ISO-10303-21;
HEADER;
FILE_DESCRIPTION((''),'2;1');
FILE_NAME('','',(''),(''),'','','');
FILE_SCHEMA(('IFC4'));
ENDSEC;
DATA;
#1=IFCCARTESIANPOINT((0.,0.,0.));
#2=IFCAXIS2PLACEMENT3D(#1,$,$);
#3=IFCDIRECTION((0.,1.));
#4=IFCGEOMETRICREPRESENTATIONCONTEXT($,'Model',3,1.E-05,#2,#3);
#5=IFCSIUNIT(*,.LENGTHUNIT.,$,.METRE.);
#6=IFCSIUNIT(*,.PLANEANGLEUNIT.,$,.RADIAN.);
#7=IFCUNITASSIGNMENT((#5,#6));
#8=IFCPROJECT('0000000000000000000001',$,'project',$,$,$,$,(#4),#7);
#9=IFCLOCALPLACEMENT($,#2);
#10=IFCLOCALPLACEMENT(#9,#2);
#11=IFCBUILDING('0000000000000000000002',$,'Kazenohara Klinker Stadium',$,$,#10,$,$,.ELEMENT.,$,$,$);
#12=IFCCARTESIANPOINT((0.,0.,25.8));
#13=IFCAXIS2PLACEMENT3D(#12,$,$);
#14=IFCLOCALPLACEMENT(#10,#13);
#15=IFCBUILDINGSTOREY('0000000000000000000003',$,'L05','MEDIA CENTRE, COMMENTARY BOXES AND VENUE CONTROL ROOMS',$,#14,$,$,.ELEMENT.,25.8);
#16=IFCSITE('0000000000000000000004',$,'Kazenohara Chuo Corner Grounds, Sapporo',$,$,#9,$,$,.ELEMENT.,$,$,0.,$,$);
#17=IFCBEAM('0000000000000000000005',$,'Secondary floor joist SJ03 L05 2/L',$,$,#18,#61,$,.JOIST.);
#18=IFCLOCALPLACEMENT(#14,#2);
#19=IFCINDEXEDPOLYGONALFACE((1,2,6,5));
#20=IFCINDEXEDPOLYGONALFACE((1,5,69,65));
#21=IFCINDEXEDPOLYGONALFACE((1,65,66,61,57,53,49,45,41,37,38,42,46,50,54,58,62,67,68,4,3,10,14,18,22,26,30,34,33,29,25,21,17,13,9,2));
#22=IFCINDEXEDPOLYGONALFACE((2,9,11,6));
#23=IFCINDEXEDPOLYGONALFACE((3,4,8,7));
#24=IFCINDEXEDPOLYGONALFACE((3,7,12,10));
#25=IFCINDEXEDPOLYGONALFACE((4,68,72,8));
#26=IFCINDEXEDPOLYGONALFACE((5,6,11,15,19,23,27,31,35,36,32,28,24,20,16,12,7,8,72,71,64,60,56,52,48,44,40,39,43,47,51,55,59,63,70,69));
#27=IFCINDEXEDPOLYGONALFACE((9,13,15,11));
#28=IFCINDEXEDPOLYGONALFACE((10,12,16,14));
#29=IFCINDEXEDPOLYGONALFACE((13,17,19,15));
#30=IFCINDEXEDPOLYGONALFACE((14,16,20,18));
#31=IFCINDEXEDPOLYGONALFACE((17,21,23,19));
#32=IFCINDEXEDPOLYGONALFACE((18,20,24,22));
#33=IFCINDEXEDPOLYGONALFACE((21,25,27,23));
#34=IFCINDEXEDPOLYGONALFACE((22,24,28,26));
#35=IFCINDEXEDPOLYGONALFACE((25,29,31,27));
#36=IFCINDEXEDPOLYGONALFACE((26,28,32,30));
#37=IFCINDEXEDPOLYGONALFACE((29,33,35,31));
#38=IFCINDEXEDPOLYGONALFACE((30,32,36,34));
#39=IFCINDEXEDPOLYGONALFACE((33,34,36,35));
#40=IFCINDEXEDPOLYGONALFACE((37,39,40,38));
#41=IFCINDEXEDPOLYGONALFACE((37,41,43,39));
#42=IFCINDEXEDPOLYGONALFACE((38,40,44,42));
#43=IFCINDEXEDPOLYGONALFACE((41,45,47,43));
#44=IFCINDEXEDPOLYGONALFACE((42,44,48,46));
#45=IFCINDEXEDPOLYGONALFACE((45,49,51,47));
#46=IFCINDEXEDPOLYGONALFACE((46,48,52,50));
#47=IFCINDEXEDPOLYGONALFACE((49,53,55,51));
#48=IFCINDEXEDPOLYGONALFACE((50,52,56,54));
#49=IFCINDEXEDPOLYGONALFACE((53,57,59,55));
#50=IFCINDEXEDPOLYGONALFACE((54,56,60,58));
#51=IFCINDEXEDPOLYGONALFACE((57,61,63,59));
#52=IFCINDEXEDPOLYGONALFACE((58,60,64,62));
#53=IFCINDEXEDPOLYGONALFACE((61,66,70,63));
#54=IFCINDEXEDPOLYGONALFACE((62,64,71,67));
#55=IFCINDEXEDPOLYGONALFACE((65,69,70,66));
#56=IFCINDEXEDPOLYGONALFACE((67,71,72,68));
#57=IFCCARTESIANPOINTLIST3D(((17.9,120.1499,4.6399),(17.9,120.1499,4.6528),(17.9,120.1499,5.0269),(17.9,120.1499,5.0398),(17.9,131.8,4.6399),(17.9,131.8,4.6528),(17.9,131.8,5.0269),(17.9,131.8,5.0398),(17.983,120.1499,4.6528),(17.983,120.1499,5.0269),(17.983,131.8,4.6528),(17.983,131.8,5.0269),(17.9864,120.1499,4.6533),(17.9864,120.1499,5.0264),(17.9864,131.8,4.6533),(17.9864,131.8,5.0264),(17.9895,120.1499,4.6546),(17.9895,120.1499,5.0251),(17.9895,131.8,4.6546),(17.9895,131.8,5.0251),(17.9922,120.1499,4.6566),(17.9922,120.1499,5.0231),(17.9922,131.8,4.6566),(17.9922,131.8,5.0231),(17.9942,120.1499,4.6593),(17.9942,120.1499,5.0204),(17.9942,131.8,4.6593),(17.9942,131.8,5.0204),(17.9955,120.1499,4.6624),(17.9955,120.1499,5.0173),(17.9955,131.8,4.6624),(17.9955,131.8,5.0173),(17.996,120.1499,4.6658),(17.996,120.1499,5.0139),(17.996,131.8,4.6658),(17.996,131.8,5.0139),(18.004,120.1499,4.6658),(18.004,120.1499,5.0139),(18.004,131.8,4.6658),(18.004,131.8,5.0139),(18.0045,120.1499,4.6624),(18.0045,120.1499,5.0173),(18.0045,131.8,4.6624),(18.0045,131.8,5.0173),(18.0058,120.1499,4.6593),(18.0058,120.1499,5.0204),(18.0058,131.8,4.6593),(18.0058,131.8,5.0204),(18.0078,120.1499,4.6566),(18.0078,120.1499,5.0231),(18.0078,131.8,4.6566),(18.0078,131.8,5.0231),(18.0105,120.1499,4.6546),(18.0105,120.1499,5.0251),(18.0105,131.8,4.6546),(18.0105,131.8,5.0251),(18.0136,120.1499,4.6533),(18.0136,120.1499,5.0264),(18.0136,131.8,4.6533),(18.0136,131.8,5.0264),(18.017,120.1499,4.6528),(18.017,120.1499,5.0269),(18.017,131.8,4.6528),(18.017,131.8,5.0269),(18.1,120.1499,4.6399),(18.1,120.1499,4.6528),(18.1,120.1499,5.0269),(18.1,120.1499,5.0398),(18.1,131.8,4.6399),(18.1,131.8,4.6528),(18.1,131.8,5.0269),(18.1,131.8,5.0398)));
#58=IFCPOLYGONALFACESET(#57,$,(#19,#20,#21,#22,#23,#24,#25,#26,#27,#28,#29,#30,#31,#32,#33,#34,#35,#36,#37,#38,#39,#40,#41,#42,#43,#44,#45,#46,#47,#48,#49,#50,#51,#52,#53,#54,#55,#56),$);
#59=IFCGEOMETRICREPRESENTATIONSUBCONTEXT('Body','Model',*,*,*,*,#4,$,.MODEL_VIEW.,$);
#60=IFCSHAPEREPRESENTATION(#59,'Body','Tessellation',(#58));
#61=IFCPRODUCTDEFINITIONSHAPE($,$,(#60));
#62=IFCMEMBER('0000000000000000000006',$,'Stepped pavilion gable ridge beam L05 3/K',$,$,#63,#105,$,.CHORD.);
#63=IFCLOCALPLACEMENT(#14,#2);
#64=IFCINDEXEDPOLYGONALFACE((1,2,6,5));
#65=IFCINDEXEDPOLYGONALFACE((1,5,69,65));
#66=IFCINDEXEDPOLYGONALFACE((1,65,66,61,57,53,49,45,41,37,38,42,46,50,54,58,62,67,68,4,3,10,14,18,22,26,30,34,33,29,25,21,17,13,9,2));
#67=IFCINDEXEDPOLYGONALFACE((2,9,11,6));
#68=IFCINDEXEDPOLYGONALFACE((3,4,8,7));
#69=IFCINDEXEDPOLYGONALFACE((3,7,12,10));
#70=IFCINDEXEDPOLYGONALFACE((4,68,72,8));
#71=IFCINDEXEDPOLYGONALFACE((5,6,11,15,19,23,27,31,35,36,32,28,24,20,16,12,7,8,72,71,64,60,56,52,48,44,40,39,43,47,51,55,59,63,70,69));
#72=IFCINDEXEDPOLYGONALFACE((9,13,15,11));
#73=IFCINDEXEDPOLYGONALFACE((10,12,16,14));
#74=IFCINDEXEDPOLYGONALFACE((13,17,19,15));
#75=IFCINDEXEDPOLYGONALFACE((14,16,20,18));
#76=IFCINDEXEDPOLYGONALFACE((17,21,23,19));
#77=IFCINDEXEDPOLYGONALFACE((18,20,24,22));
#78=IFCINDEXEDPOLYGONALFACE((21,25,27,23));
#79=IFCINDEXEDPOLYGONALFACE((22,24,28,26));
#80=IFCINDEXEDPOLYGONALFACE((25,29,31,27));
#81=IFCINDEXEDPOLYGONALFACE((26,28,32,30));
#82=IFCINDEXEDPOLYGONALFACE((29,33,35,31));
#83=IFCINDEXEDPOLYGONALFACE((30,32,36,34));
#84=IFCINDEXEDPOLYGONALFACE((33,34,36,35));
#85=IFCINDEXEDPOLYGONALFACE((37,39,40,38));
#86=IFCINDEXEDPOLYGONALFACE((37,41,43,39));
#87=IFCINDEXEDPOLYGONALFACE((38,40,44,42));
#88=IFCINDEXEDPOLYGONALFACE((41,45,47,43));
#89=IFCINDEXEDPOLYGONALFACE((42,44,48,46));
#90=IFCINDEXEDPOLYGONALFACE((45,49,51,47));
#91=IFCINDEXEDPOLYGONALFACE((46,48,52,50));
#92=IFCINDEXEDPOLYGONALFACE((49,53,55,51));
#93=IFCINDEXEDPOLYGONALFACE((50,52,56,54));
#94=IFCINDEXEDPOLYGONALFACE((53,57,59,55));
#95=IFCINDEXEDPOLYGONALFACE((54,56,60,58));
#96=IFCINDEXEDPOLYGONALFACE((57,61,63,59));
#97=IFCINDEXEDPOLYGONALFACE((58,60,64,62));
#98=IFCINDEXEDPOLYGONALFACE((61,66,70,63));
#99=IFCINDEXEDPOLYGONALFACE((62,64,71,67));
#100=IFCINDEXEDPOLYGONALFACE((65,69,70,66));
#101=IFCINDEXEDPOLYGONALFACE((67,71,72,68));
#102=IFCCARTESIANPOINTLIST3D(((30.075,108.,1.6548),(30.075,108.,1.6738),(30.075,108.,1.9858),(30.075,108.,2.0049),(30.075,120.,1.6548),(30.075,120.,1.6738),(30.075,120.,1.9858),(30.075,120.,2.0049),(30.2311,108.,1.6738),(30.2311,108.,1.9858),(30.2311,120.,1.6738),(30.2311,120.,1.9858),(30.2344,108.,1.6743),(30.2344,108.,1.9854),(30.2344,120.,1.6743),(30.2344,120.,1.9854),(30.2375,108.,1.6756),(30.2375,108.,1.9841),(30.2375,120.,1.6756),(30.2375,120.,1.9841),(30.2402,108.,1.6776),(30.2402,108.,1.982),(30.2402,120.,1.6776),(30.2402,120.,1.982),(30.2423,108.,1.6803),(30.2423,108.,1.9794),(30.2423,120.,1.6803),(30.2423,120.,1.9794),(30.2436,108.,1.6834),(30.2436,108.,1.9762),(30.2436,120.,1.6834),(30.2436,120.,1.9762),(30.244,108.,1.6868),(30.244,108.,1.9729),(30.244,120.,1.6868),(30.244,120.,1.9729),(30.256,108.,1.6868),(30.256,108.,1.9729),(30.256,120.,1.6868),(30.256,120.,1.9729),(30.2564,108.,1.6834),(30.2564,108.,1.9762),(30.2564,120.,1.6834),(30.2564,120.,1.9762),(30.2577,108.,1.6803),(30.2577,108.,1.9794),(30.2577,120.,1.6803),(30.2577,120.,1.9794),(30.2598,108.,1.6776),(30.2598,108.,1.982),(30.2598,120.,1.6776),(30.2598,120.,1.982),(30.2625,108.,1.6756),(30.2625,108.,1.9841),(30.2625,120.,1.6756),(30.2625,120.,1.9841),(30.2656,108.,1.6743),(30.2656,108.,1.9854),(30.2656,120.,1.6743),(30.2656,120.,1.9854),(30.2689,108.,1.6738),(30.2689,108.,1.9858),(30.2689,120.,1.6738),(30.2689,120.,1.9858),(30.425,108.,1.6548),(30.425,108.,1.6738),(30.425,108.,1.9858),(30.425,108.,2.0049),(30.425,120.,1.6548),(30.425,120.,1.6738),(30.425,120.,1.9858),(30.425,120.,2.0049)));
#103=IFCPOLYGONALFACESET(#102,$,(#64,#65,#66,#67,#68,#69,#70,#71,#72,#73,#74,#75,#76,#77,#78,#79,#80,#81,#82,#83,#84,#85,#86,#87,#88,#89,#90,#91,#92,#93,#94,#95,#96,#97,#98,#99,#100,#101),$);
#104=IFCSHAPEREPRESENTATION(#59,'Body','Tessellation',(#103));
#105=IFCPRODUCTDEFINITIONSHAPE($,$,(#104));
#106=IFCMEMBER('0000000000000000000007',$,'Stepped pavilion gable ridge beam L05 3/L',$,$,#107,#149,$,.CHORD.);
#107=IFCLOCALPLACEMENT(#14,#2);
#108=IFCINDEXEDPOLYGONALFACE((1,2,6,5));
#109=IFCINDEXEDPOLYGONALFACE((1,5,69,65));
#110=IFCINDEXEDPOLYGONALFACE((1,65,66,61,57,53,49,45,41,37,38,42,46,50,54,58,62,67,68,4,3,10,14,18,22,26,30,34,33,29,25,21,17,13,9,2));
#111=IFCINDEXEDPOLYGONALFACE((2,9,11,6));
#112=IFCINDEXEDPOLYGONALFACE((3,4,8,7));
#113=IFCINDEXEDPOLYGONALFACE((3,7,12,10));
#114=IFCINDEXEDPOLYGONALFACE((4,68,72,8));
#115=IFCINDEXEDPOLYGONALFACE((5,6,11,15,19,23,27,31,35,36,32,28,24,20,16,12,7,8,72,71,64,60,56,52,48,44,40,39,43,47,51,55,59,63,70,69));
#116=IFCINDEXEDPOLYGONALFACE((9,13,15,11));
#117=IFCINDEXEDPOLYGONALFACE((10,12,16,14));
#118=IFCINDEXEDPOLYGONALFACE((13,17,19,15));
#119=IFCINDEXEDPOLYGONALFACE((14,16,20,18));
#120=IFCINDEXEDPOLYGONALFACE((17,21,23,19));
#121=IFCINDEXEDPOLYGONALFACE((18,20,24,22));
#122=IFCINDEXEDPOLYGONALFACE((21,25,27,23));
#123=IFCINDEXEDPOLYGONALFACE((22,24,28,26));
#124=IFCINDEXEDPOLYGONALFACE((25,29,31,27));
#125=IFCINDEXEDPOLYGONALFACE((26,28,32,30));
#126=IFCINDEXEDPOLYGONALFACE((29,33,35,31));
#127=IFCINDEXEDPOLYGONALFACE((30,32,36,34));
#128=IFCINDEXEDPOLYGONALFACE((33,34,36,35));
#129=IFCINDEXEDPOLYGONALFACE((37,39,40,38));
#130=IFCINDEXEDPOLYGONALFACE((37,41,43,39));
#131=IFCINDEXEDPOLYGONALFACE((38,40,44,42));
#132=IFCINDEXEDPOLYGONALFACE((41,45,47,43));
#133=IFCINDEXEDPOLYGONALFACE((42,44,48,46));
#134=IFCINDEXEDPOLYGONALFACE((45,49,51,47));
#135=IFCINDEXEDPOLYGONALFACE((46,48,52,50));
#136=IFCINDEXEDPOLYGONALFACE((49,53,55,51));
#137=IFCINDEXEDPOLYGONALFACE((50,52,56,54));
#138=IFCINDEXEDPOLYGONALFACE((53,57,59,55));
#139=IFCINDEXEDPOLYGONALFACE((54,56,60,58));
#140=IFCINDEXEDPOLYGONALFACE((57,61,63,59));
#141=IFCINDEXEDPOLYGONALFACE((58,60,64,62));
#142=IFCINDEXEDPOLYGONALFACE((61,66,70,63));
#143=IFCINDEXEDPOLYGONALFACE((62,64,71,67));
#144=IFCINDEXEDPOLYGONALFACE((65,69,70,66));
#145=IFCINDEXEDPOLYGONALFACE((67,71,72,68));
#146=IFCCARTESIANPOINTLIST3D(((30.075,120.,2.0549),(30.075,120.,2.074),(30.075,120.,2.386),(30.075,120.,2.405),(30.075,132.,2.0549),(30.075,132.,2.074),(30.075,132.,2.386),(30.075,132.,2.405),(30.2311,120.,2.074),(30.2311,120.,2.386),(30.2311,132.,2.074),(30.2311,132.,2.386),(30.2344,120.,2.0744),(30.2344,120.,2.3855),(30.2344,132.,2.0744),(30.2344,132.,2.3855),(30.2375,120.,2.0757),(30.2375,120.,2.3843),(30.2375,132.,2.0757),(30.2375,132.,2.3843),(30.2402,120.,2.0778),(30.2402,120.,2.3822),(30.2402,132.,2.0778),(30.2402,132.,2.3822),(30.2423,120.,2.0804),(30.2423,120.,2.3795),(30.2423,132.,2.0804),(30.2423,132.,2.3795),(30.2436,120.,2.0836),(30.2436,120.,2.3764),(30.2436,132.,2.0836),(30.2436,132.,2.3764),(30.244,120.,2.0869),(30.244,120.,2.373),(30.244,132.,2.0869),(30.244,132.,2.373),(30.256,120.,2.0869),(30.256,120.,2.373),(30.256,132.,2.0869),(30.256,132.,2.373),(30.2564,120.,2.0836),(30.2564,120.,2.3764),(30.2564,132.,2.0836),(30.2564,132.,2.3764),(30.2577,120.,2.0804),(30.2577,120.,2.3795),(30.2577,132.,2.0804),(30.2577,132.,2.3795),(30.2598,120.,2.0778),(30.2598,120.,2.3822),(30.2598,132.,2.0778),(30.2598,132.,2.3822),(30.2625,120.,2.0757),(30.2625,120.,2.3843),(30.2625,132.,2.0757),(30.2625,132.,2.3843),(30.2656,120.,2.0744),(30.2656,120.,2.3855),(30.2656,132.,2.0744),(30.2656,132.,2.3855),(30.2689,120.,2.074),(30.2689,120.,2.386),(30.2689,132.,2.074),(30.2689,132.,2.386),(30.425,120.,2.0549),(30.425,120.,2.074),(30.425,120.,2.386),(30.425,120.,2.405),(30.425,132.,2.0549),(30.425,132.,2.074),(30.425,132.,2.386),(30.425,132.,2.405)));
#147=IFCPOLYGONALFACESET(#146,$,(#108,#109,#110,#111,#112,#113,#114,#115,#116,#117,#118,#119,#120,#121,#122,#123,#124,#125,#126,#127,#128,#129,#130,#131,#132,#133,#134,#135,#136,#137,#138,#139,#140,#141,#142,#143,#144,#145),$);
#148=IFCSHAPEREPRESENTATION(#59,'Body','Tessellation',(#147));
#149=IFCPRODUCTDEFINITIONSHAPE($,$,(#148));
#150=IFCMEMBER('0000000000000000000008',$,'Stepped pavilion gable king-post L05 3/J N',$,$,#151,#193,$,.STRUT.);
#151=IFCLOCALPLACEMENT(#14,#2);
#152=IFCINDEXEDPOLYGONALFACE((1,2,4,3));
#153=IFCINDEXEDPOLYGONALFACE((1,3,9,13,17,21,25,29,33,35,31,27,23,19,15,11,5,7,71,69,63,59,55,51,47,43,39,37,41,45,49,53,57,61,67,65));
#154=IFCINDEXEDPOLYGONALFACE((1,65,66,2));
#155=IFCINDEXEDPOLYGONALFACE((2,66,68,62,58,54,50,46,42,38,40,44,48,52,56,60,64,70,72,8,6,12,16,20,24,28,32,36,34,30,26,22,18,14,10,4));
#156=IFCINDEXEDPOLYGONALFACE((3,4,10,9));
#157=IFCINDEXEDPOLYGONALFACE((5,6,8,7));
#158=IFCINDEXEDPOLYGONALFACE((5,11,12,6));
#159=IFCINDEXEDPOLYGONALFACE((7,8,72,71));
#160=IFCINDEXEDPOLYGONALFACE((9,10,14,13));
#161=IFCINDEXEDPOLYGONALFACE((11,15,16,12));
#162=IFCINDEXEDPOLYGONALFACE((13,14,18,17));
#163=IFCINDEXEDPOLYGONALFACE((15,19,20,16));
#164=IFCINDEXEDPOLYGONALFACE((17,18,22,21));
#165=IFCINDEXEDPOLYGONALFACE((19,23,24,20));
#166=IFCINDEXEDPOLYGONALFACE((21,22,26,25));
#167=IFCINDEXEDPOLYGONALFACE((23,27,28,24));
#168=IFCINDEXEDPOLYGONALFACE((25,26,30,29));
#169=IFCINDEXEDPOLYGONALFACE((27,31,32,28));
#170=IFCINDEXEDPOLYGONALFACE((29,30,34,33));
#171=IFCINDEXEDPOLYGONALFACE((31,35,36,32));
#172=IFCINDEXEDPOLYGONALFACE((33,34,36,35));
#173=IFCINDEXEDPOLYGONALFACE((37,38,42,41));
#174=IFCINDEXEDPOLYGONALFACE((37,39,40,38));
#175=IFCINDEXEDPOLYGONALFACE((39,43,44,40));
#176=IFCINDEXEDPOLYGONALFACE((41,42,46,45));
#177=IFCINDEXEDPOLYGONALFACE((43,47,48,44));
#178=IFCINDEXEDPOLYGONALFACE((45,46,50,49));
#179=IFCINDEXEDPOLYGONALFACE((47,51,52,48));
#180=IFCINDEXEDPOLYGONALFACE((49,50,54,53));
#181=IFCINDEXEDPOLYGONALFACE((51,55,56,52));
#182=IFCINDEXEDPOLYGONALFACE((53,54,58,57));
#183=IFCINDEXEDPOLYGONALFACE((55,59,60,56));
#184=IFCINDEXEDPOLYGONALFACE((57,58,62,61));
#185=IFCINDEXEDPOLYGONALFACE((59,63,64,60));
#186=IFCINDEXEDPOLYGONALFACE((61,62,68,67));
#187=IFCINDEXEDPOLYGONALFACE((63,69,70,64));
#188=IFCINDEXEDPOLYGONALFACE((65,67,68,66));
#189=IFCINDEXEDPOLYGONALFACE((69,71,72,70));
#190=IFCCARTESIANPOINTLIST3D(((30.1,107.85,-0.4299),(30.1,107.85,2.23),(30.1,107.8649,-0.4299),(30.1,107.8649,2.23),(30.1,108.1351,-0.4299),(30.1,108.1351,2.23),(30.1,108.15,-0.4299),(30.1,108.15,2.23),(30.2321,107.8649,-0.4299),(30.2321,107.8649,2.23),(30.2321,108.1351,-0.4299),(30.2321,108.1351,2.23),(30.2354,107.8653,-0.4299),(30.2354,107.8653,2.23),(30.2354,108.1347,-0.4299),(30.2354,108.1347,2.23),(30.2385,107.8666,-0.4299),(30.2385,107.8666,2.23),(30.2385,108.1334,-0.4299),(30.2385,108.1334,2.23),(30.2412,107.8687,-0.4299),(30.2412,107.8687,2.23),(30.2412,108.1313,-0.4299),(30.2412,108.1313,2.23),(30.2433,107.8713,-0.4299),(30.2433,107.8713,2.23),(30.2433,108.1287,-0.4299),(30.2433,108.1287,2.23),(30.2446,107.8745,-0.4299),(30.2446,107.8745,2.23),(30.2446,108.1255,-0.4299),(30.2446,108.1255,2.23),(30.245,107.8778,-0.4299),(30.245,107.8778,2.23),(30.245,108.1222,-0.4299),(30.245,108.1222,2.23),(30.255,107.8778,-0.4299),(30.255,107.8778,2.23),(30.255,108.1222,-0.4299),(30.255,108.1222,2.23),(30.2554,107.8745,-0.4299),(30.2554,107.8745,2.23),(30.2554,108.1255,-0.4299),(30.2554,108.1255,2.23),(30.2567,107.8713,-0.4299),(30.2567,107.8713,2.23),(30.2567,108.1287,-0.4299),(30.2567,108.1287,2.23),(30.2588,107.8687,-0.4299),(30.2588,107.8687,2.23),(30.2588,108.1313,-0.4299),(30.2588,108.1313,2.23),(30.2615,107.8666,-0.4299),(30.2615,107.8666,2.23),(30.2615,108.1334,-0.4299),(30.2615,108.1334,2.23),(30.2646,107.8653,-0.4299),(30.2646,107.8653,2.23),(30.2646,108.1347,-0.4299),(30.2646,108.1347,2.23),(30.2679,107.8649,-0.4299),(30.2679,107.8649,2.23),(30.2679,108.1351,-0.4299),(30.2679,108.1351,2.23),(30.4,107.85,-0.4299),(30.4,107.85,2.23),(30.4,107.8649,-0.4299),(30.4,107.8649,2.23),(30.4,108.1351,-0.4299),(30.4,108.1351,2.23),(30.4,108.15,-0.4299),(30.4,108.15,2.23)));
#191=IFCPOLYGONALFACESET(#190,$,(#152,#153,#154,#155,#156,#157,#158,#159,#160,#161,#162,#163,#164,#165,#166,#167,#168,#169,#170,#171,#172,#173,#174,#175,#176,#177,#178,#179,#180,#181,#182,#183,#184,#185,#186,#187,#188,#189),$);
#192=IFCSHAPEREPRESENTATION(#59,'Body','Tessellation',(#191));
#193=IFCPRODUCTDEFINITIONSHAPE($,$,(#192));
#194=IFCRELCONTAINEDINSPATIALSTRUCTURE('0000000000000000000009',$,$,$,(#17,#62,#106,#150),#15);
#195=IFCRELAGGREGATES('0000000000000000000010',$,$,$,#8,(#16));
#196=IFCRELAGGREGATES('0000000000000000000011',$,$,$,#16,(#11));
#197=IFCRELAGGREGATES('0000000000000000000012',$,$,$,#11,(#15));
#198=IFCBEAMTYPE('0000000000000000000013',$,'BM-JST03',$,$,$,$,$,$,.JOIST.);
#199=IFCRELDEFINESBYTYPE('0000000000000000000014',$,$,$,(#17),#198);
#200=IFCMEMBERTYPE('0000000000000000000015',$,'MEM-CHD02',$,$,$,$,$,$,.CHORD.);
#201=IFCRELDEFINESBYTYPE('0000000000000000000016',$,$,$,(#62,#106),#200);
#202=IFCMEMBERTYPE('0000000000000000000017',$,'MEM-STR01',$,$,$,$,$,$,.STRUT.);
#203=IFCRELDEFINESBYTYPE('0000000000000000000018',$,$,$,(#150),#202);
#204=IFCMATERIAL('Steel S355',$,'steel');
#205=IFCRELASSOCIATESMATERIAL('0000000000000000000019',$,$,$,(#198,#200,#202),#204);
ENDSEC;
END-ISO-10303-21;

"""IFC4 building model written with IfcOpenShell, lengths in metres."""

from ifc_helpers import new_model, si_unit, direction, frame, origin, origin_2d, place, context, subcontext, project, spatial, i_section, extrude, material, material_profile, profile_set, type_object, element, save


model = new_model("IFC4")

# Units and contexts
model_context = context("Model", 3, precision=1e-05, world=origin(), true_north=direction((0.0, 1.0)))
body_context = subcontext(model_context, "Body", "Model", "MODEL_VIEW")
ifc_project = project(units=[si_unit("LENGTHUNIT", "METRE"), si_unit("PLANEANGLEUNIT", "RADIAN")], contexts=[model_context])

# Site, building, storey
site_placement = place(None, origin())
site = spatial("IfcSite", under=ifc_project, at=site_placement, Name="Kazenohara Chuo Corner Grounds, Sapporo", CompositionType="ELEMENT", RefElevation=0.0)
building_placement = place(site_placement, origin())
building = spatial("IfcBuilding", under=site, at=building_placement, Name="Kazenohara Klinker Stadium", CompositionType="ELEMENT")
storey_placement = place(building_placement, frame((0.0, 0.0, 25.8)))
storey = spatial("IfcBuildingStorey", under=building, at=storey_placement, Name="L05", Description="MEDIA CENTRE, COMMENTARY BOXES AND VENUE CONTROL ROOMS", CompositionType="ELEMENT", Elevation=25.8)

# Shared definitions
ifc_material_1 = material(Name="Steel S355", Category="steel")

# Beam
ifc_material_profile_1 = material_profile(ifc_material_1, i_section(OverallWidth=0.2, OverallDepth=0.3999, WebThickness=0.0081, FlangeThickness=0.0129, FilletRadius=0.0129, at=origin_2d()), Name="H-400x200x8x13")
ifc_profile_set_1 = profile_set([ifc_material_profile_1], Name="Steel S355")
beam_type = type_object("IfcBeamType", Name="BM-JST03", PredefinedType="JOIST", material=ifc_profile_set_1)
beam_placement = place(storey_placement, frame((18.0, 120.1499, 4.8398), z_axis=(0.0, 1.0, 0.0), x_axis=(-1.0, 0.0, 0.0)))
element("IfcBeam", 1, at=beam_placement, inside=storey, type_object=beam_type, Name="Secondary floor joist SJ03 L05 2/L", PredefinedType="JOIST", context=body_context, shape_type="SweptSolid", body=[
    extrude(i_section(OverallWidth=0.2, OverallDepth=0.3999, WebThickness=0.0081, FlangeThickness=0.0129, FilletRadius=0.0129, at=origin_2d()), origin(), (0.0, 0.0, 1.0), 11.6501),
])

# Members
ifc_material_profile_2 = material_profile(ifc_material_1, i_section(OverallWidth=0.3501, OverallDepth=0.3501, WebThickness=0.012, FlangeThickness=0.019, FilletRadius=0.0129, at=origin_2d()), Name="H-350x350x12x19")
ifc_profile_set_2 = profile_set([ifc_material_profile_2], Name="Steel S355")
member_type_1 = type_object("IfcMemberType", Name="MEM-CHD02", PredefinedType="CHORD", material=ifc_profile_set_2)
for number, where, z_axis, x_axis, name in (
    (2, (30.25, 108.0, 1.8298), (0.0, 1.0, 0.0), (-1.0, 0.0, 0.0), "Stepped pavilion gable ridge beam L05 3/K"),
    (3, (30.25, 120.0, 2.23), (0.0, 1.0, 0.0), (-1.0, 0.0, 0.0), "Stepped pavilion gable ridge beam L05 3/L"),
):
    element("IfcMember", number, at=place(storey_placement, frame(where, z_axis=z_axis, x_axis=x_axis)), inside=storey, type_object=member_type_1, Name=name, PredefinedType="CHORD", context=body_context, shape_type="SweptSolid", body=[
        extrude(i_section(OverallWidth=0.3501, OverallDepth=0.3501, WebThickness=0.012, FlangeThickness=0.019, FilletRadius=0.0129, at=origin_2d()), origin(), (0.0, 0.0, 1.0), 12.0),
    ])
ifc_material_profile_3 = material_profile(ifc_material_1, i_section(OverallWidth=0.3, OverallDepth=0.3, WebThickness=0.01, FlangeThickness=0.0149, FilletRadius=0.0129, at=origin_2d()), Name="H-300x300x10x15")
ifc_profile_set_3 = profile_set([ifc_material_profile_3], Name="Steel S355")
member_type_2 = type_object("IfcMemberType", Name="MEM-STR01", PredefinedType="STRUT", material=ifc_profile_set_3)
for number, where, z_axis, x_axis, name in (
    (4, (30.25, 108.0, -0.4299), (0.0, 0.0, 1.0), (1.0, 0.0, 0.0), "Stepped pavilion gable king-post L05 3/J N"),
):
    element("IfcMember", number, at=place(storey_placement, frame(where, z_axis=z_axis, x_axis=x_axis)), inside=storey, type_object=member_type_2, Name=name, PredefinedType="STRUT", context=body_context, shape_type="SweptSolid", body=[
        extrude(i_section(OverallWidth=0.3, OverallDepth=0.3, WebThickness=0.01, FlangeThickness=0.0149, FilletRadius=0.0129, at=origin_2d()), origin(), (0.0, 0.0, 1.0), 2.6599),
    ])

save(model, "model.ifc")
